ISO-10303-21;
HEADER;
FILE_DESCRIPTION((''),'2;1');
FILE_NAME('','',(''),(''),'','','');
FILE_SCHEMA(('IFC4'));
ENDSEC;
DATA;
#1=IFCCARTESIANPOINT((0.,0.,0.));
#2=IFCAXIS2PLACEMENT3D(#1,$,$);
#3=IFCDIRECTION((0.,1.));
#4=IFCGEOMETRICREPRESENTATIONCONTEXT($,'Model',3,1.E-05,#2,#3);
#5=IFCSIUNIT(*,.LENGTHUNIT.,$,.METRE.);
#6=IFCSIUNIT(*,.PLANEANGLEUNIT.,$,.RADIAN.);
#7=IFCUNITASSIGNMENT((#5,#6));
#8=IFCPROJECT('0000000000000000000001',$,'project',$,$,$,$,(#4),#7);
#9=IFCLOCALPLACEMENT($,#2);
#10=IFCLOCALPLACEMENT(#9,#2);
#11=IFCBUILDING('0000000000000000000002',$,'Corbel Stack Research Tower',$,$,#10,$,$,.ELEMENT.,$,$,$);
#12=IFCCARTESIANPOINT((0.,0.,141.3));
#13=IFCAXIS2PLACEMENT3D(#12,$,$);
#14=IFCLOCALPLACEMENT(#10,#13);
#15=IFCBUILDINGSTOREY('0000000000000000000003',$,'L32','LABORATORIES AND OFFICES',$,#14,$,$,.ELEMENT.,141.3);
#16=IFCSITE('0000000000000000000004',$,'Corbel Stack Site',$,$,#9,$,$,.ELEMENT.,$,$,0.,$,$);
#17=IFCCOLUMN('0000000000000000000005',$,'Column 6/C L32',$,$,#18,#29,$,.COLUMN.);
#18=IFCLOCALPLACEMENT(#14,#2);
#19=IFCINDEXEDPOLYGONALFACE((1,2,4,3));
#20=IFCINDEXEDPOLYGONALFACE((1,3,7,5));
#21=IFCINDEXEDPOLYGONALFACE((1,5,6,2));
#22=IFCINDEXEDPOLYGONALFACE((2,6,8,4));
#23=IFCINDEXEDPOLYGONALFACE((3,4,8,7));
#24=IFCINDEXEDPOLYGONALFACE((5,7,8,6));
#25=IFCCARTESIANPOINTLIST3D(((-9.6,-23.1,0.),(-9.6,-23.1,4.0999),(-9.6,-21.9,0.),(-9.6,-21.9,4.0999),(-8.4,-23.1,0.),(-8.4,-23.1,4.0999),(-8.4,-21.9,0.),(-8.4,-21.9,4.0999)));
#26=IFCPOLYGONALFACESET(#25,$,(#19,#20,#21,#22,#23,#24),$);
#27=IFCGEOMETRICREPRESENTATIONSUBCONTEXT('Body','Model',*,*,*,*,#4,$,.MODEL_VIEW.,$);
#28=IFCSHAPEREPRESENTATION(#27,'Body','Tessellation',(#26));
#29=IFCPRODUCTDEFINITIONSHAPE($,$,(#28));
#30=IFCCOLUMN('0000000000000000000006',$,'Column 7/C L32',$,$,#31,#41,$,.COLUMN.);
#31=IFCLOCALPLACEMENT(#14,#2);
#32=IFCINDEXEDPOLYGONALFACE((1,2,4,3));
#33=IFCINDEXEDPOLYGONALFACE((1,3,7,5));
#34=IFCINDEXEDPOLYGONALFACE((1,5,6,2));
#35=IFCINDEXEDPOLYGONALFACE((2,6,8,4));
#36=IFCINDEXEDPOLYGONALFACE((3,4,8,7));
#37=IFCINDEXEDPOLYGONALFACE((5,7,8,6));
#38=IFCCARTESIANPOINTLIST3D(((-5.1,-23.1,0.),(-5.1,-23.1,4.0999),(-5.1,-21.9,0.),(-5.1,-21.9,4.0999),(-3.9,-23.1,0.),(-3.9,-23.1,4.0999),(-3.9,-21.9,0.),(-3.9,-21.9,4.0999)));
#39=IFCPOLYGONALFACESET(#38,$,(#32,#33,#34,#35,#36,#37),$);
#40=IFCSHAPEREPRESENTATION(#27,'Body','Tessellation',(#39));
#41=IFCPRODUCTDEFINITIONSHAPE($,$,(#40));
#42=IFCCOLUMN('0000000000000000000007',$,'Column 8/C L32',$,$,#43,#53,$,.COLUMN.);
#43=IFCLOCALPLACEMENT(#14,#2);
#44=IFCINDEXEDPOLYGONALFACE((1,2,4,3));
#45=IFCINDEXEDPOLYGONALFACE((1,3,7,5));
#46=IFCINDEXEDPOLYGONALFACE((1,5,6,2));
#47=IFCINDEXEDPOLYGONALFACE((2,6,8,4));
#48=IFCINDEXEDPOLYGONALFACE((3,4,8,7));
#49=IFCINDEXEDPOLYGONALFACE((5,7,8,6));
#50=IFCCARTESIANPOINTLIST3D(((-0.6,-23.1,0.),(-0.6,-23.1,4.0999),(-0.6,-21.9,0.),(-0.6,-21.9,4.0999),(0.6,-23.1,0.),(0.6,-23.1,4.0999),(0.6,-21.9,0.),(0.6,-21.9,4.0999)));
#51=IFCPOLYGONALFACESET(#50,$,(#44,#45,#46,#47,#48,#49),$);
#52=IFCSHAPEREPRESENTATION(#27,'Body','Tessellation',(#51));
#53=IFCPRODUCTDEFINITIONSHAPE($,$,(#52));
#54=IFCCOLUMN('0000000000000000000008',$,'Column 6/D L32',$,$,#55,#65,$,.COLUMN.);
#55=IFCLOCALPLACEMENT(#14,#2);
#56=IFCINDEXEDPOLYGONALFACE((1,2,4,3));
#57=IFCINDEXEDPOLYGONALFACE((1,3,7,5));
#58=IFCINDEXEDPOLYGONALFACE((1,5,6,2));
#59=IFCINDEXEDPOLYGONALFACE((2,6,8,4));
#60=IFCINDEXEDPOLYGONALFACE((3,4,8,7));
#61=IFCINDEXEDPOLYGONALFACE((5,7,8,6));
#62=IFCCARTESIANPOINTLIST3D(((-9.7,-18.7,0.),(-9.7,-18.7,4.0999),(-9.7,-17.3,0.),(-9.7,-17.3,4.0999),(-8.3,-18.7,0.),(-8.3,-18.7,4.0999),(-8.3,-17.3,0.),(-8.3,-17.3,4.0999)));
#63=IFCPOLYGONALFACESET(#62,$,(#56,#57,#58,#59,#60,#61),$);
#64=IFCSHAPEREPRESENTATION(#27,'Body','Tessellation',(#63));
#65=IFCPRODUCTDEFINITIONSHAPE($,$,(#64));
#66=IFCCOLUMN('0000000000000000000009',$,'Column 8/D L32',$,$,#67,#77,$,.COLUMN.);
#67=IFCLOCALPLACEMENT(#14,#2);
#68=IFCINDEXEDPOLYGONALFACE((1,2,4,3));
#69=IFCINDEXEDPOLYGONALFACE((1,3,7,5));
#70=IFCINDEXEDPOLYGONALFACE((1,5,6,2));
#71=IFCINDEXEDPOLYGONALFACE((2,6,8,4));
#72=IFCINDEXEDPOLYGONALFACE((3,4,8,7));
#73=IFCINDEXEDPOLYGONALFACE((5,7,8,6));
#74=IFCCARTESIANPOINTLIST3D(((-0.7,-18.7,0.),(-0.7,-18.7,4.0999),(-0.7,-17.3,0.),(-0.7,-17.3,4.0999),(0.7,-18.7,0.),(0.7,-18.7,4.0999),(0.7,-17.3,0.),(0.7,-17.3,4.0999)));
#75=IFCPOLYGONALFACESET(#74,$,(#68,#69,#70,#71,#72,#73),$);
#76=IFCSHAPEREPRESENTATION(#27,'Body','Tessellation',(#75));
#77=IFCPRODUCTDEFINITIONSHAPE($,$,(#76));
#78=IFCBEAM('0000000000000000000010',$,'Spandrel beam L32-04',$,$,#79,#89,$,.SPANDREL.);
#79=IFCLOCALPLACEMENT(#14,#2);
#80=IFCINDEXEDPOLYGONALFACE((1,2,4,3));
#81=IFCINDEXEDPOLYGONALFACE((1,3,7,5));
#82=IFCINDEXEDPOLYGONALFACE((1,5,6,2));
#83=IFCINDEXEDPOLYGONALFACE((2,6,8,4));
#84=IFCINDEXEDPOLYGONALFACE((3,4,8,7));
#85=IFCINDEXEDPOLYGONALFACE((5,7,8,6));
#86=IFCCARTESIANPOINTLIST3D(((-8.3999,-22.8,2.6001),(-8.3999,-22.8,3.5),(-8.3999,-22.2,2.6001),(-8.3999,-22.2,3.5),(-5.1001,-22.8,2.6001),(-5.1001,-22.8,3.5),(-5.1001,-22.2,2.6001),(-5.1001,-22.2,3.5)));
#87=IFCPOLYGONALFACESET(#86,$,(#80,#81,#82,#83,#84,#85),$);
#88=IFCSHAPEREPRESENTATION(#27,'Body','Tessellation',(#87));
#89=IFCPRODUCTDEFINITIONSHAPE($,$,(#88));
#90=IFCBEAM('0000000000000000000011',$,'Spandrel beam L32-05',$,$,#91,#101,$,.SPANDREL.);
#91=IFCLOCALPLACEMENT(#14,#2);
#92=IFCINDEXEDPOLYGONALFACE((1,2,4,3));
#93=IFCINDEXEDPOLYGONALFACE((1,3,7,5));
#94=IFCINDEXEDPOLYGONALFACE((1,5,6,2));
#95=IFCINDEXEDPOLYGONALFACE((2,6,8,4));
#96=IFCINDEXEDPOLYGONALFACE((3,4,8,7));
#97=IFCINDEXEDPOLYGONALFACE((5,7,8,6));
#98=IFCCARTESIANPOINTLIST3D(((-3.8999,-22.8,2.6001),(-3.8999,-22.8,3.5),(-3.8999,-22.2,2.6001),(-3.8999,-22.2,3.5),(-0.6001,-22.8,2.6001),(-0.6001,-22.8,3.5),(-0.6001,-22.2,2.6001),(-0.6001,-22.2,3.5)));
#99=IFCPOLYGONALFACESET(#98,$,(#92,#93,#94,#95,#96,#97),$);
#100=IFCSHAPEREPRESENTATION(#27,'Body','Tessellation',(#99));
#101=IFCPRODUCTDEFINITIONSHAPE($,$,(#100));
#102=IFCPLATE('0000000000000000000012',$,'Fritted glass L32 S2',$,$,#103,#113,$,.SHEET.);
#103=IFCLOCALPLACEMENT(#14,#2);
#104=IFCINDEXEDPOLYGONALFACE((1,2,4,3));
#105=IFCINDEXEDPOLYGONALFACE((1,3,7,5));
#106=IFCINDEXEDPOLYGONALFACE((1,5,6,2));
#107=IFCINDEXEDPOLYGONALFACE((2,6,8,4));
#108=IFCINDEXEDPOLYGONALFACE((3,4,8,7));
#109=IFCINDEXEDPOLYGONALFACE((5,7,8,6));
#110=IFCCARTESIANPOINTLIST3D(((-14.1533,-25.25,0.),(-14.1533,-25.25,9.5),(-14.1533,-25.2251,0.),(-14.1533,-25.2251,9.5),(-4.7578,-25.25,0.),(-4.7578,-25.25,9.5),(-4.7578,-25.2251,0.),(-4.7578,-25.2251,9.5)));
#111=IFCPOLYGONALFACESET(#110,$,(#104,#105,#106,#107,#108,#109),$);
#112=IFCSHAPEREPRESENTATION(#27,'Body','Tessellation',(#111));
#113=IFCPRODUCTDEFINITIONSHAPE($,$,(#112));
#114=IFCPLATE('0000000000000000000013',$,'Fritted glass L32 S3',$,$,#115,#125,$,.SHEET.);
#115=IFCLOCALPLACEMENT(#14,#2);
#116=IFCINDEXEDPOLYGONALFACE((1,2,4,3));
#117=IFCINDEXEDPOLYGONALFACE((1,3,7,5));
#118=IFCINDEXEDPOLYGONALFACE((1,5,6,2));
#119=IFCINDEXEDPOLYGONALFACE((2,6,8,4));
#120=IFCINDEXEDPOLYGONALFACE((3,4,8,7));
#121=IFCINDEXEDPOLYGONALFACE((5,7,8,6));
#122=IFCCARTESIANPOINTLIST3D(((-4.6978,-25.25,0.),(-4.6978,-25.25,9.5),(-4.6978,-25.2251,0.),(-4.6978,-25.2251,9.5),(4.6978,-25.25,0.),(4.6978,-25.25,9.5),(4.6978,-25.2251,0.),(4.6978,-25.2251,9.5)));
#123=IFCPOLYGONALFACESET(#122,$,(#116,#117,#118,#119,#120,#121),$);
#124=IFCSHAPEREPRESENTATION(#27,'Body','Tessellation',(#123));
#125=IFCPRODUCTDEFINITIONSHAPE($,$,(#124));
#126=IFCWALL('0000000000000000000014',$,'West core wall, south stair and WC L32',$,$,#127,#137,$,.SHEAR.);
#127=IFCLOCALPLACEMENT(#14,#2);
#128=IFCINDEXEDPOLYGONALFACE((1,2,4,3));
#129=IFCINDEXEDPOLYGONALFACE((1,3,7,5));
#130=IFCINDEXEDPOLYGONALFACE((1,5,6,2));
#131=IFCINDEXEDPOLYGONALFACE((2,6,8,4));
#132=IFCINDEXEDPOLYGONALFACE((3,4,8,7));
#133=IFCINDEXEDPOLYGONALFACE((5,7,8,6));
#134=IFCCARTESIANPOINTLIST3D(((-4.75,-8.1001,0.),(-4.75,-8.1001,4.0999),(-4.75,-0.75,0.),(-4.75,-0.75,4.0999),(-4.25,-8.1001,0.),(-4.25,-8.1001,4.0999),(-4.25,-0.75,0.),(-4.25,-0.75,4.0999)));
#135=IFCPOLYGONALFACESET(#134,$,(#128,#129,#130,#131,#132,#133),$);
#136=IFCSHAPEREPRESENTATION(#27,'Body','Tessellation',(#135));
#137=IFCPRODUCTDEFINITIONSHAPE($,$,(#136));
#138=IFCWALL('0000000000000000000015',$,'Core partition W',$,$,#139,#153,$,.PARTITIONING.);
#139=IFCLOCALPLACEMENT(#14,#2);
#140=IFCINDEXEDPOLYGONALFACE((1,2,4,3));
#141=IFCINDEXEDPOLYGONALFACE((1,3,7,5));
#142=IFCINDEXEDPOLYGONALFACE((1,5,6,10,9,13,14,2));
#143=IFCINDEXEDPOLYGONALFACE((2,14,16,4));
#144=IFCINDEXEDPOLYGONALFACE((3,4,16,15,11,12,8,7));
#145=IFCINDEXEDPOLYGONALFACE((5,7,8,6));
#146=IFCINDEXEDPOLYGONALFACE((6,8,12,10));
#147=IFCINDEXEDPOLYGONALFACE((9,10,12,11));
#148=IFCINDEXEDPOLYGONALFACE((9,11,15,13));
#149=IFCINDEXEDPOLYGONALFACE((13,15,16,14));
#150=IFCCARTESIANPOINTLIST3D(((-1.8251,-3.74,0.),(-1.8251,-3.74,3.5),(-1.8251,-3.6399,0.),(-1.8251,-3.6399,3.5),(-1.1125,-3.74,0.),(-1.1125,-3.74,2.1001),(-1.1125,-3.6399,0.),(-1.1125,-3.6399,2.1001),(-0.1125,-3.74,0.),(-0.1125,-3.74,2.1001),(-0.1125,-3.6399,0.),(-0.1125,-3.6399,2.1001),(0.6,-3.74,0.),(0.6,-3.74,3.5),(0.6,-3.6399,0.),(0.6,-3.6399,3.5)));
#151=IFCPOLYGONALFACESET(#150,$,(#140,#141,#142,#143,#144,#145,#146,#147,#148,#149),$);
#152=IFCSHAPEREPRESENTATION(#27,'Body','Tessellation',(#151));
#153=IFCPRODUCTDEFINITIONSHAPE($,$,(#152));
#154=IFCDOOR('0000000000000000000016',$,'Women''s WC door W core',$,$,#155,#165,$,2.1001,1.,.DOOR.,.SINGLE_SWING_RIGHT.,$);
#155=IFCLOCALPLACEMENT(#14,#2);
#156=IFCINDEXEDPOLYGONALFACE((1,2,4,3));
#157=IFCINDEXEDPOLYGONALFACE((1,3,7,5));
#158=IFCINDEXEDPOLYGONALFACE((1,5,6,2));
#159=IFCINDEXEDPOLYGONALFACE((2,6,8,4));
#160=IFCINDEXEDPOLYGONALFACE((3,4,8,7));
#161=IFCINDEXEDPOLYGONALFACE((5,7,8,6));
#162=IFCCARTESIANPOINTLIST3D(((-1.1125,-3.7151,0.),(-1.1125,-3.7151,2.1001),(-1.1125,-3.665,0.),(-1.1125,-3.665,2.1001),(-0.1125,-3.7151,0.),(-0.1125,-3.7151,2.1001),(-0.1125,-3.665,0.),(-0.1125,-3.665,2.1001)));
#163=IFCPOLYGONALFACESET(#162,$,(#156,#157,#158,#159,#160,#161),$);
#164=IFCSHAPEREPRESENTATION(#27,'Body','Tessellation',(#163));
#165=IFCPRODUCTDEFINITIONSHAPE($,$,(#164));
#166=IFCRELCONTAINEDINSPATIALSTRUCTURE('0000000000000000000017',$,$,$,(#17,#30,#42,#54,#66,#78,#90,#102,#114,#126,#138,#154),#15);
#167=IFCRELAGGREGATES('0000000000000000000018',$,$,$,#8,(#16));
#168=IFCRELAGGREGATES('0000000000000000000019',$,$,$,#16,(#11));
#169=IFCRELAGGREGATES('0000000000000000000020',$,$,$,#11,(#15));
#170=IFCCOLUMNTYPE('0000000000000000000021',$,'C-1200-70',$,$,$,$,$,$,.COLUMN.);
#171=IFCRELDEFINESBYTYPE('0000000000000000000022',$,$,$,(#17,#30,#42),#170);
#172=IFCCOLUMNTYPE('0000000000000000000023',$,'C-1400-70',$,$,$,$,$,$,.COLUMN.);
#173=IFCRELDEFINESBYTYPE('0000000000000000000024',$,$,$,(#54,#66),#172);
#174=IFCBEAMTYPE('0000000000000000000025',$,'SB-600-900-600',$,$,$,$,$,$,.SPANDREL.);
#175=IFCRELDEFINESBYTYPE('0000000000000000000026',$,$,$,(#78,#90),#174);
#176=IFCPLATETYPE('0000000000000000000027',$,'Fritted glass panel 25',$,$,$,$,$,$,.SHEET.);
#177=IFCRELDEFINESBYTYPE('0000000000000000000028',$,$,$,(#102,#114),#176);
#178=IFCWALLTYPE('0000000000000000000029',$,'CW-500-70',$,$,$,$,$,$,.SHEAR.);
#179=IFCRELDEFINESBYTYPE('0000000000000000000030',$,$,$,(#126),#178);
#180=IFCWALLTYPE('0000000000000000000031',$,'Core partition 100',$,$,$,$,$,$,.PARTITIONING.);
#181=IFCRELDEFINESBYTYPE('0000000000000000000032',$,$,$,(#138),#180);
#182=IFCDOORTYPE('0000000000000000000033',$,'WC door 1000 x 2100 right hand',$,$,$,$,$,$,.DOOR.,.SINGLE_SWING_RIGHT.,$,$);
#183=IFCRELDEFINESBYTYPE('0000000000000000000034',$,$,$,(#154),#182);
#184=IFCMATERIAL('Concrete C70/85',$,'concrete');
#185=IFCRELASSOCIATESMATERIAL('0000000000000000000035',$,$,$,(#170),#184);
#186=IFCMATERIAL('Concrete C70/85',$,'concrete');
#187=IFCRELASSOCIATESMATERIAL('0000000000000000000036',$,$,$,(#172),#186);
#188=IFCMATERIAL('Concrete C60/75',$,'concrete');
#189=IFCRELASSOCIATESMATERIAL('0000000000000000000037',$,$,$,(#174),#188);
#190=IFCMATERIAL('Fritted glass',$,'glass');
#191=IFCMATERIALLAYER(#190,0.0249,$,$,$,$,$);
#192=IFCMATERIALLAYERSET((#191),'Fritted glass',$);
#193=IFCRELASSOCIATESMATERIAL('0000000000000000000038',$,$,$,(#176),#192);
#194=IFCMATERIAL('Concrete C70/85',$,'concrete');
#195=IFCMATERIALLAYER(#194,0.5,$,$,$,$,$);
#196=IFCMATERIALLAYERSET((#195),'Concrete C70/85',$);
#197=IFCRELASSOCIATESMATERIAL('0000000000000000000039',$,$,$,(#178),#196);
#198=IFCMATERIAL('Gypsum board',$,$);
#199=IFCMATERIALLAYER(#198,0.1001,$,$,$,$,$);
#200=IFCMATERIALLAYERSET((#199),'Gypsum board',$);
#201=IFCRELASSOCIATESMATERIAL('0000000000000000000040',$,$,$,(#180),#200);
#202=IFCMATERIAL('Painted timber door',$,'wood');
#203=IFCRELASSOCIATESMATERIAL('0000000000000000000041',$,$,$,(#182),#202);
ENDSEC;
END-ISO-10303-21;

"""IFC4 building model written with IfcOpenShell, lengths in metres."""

from ifc_helpers import new_model, si_unit, direction, frame, frame_2d, origin, origin_2d, place, context, subcontext, project, spatial, rectangle, extrude, material, layer, layer_set, material_profile, profile_set, type_object, element, fill, save


model = new_model("IFC4")

# Units and contexts
model_context = context("Model", 3, precision=1e-05, world=origin(), true_north=direction((0.0, 1.0)))
body_context = subcontext(model_context, "Body", "Model", "MODEL_VIEW")
ifc_project = project(units=[si_unit("LENGTHUNIT", "METRE"), si_unit("PLANEANGLEUNIT", "RADIAN")], contexts=[model_context])

# Site, building, storey
site_placement = place(None, origin())
site = spatial("IfcSite", under=ifc_project, at=site_placement, Name="Corbel Stack Site", CompositionType="ELEMENT", RefElevation=0.0)
building_placement = place(site_placement, origin())
building = spatial("IfcBuilding", under=site, at=building_placement, Name="Corbel Stack Research Tower", CompositionType="ELEMENT")
storey_placement = place(building_placement, frame((0.0, 0.0, 141.3)))
storey = spatial("IfcBuildingStorey", under=building, at=storey_placement, Name="L32", Description="LABORATORIES AND OFFICES", CompositionType="ELEMENT", Elevation=141.3)

# Columns
ifc_material_1 = material(Name="Concrete C70/85", Category="concrete")
ifc_material_profile_1 = material_profile(ifc_material_1, rectangle(XDim=1.2, YDim=1.2, at=origin_2d()), Name="RC 1200 x 1200")
ifc_profile_set_1 = profile_set([ifc_material_profile_1], Name="Concrete C70/85")
column_type_1 = type_object("IfcColumnType", Name="C-1200-70", PredefinedType="COLUMN", material=ifc_profile_set_1)
for number, where, z_axis, x_axis, name in (
    (1, (-9.0, -22.5, 0.0), (0.0, 0.0, 1.0), (1.0, 0.0, 0.0), "Column 6/C L32"),
    (2, (-4.5, -22.5, 0.0), (0.0, 0.0, 1.0), (1.0, 0.0, 0.0), "Column 7/C L32"),
    (3, (0.0, -22.5, 0.0), (0.0, 0.0, 1.0), (1.0, 0.0, 0.0), "Column 8/C L32"),
):
    element("IfcColumn", number, at=place(storey_placement, frame(where, z_axis=z_axis, x_axis=x_axis)), inside=storey, type_object=column_type_1, Name=name, PredefinedType="COLUMN", context=body_context, shape_type="SweptSolid", body=[
        extrude(rectangle(XDim=1.2, YDim=1.2, at=origin_2d()), origin(), (0.0, 0.0, 1.0), 4.0999),
    ])
ifc_material_2 = material(Name="Concrete C70/85", Category="concrete")
ifc_material_profile_2 = material_profile(ifc_material_2, rectangle(XDim=1.3999, YDim=1.3999, at=origin_2d()), Name="RC 1400 x 1400")
ifc_profile_set_2 = profile_set([ifc_material_profile_2], Name="Concrete C70/85")
column_type_2 = type_object("IfcColumnType", Name="C-1400-70", PredefinedType="COLUMN", material=ifc_profile_set_2)
for number, where, z_axis, x_axis, name in (
    (4, (-9.0, -18.0, 0.0), (0.0, 0.0, 1.0), (1.0, 0.0, 0.0), "Column 6/D L32"),
    (5, (0.0, -18.0, 0.0), (0.0, 0.0, 1.0), (1.0, 0.0, 0.0), "Column 8/D L32"),
):
    element("IfcColumn", number, at=place(storey_placement, frame(where, z_axis=z_axis, x_axis=x_axis)), inside=storey, type_object=column_type_2, Name=name, PredefinedType="COLUMN", context=body_context, shape_type="SweptSolid", body=[
        extrude(rectangle(XDim=1.3999, YDim=1.3999, at=origin_2d()), origin(), (0.0, 0.0, 1.0), 4.0999),
    ])

# Beams
ifc_material_3 = material(Name="Concrete C60/75", Category="concrete")
ifc_material_profile_3 = material_profile(ifc_material_3, rectangle(XDim=0.6001, YDim=0.8999, at=origin_2d()), Name="RC 600 x 900")
ifc_profile_set_3 = profile_set([ifc_material_profile_3], Name="Concrete C60/75")
beam_type = type_object("IfcBeamType", Name="SB-600-900-600", PredefinedType="SPANDREL", material=ifc_profile_set_3)
for number, where, z_axis, x_axis, name in (
    (6, (-8.3999, -22.5, 3.05), (1.0, 0.0, 0.0), (0.0, 1.0, 0.0), "Spandrel beam L32-04"),
    (7, (-3.8999, -22.5, 3.05), (1.0, 0.0, 0.0), (0.0, 1.0, 0.0), "Spandrel beam L32-05"),
):
    element("IfcBeam", number, at=place(storey_placement, frame(where, z_axis=z_axis, x_axis=x_axis)), inside=storey, type_object=beam_type, Name=name, PredefinedType="SPANDREL", context=body_context, shape_type="SweptSolid", body=[
        extrude(rectangle(XDim=0.6001, YDim=0.8999, at=origin_2d()), origin(), (0.0, 0.0, 1.0), 3.2998),
    ])

# Plates
ifc_material_4 = material(Name="Fritted glass", Category="glass")
ifc_layer_1 = layer(ifc_material_4, 0.0249)
ifc_layer_set_1 = layer_set([ifc_layer_1], Name="Fritted glass")
plate_type = type_object("IfcPlateType", Name="Fritted glass panel 25", PredefinedType="SHEET", material=ifc_layer_set_1)
for number, where, z_axis, x_axis, name in (
    (8, (-9.4556, -25.2375, 0.0), (0.0, 0.0, 1.0), (1.0, 0.0, 0.0), "Fritted glass L32 S2"),
    (9, (0.0, -25.2375, 0.0), (0.0, 0.0, 1.0), (1.0, 0.0, 0.0), "Fritted glass L32 S3"),
):
    element("IfcPlate", number, at=place(storey_placement, frame(where, z_axis=z_axis, x_axis=x_axis)), inside=storey, type_object=plate_type, Name=name, PredefinedType="SHEET", context=body_context, shape_type="SweptSolid", body=[
        extrude(rectangle(XDim=9.3955, YDim=0.0249, at=origin_2d()), origin(), (0.0, 0.0, 1.0), 9.5),
    ])

# Wall
ifc_material_5 = material(Name="Concrete C70/85", Category="concrete")
ifc_layer_2 = layer(ifc_material_5, 0.5)
ifc_layer_set_2 = layer_set([ifc_layer_2], Name="Concrete C70/85")
wall_type_1 = type_object("IfcWallType", Name="CW-500-70", PredefinedType="SHEAR", material=ifc_layer_set_2)
wall_1_placement = place(storey_placement, frame((-4.5, -8.1001, 0.0), z_axis=(0.0, 0.0, 1.0), x_axis=(0.0, 1.0, 0.0)))
element("IfcWall", 10, at=wall_1_placement, inside=storey, type_object=wall_type_1, Name="West core wall, south stair and WC L32", PredefinedType="SHEAR", context=body_context, shape_type="SweptSolid", body=[
    extrude(rectangle(XDim=7.3501, YDim=0.5, at=frame_2d((3.675, 0.0))), origin(), (0.0, 0.0, 1.0), 4.0999),
])

# Wall, opening, door
ifc_material_6 = material(Name="Gypsum board")
ifc_layer_3 = layer(ifc_material_6, 0.1001)
ifc_layer_set_3 = layer_set([ifc_layer_3], Name="Gypsum board")
wall_type_2 = type_object("IfcWallType", Name="Core partition 100", PredefinedType="PARTITIONING", material=ifc_layer_set_3)
wall_2_placement = place(storey_placement, frame((-1.825, -3.6899, 0.0), z_axis=(0.0, 0.0, 1.0), x_axis=(1.0, 0.0, 0.0)))
wall_2 = element("IfcWall", 11, at=wall_2_placement, inside=storey, type_object=wall_type_2, Name="Core partition W", PredefinedType="PARTITIONING", context=body_context, shape_type="SweptSolid", body=[
    extrude(rectangle(XDim=2.425, YDim=0.1001, at=frame_2d((1.2124, 0.0))), origin(), (0.0, 0.0, 1.0), 3.5),
])
opening_1_placement = place(wall_2_placement, frame((0.7124, 0.0, 0.0)))
opening_1 = element("IfcOpeningElement", 12, at=opening_1_placement, cuts=wall_2, PredefinedType="OPENING", context=body_context, shape_type="SweptSolid", body=[
    extrude(rectangle(XDim=1.0, YDim=2.1001, at=frame_2d((0.5, 1.05))), frame((0.0, 0.0601, 0.0), z_axis=(0.0, -1.0, 0.0), x_axis=(1.0, 0.0, 0.0)), (0.0, 0.0, 1.0), 0.1201),
])
ifc_material_7 = material(Name="Painted timber door", Category="wood")
door_type_1 = type_object("IfcDoorType", Name="WC door 1000 x 2100 right hand", OperationType="SINGLE_SWING_RIGHT", PredefinedType="DOOR", material=ifc_material_7)
door_1_placement = place(opening_1_placement, origin())
door_1 = element("IfcDoor", 13, at=door_1_placement, inside=storey, type_object=door_type_1, Name="Women's WC door W core", OperationType="SINGLE_SWING_RIGHT", OverallHeight=2.1001, OverallWidth=1.0, PredefinedType="DOOR", context=body_context, shape_type="SweptSolid", body=[
    extrude(rectangle(XDim=1.0, YDim=2.1001, at=frame_2d((0.5, 1.05))), frame((0.0, 0.0249, 0.0), z_axis=(0.0, -1.0, 0.0), x_axis=(1.0, 0.0, 0.0)), (0.0, 0.0, 1.0), 0.05),
])
fill(opening_1, door_1)

save(model, "model.ifc")
